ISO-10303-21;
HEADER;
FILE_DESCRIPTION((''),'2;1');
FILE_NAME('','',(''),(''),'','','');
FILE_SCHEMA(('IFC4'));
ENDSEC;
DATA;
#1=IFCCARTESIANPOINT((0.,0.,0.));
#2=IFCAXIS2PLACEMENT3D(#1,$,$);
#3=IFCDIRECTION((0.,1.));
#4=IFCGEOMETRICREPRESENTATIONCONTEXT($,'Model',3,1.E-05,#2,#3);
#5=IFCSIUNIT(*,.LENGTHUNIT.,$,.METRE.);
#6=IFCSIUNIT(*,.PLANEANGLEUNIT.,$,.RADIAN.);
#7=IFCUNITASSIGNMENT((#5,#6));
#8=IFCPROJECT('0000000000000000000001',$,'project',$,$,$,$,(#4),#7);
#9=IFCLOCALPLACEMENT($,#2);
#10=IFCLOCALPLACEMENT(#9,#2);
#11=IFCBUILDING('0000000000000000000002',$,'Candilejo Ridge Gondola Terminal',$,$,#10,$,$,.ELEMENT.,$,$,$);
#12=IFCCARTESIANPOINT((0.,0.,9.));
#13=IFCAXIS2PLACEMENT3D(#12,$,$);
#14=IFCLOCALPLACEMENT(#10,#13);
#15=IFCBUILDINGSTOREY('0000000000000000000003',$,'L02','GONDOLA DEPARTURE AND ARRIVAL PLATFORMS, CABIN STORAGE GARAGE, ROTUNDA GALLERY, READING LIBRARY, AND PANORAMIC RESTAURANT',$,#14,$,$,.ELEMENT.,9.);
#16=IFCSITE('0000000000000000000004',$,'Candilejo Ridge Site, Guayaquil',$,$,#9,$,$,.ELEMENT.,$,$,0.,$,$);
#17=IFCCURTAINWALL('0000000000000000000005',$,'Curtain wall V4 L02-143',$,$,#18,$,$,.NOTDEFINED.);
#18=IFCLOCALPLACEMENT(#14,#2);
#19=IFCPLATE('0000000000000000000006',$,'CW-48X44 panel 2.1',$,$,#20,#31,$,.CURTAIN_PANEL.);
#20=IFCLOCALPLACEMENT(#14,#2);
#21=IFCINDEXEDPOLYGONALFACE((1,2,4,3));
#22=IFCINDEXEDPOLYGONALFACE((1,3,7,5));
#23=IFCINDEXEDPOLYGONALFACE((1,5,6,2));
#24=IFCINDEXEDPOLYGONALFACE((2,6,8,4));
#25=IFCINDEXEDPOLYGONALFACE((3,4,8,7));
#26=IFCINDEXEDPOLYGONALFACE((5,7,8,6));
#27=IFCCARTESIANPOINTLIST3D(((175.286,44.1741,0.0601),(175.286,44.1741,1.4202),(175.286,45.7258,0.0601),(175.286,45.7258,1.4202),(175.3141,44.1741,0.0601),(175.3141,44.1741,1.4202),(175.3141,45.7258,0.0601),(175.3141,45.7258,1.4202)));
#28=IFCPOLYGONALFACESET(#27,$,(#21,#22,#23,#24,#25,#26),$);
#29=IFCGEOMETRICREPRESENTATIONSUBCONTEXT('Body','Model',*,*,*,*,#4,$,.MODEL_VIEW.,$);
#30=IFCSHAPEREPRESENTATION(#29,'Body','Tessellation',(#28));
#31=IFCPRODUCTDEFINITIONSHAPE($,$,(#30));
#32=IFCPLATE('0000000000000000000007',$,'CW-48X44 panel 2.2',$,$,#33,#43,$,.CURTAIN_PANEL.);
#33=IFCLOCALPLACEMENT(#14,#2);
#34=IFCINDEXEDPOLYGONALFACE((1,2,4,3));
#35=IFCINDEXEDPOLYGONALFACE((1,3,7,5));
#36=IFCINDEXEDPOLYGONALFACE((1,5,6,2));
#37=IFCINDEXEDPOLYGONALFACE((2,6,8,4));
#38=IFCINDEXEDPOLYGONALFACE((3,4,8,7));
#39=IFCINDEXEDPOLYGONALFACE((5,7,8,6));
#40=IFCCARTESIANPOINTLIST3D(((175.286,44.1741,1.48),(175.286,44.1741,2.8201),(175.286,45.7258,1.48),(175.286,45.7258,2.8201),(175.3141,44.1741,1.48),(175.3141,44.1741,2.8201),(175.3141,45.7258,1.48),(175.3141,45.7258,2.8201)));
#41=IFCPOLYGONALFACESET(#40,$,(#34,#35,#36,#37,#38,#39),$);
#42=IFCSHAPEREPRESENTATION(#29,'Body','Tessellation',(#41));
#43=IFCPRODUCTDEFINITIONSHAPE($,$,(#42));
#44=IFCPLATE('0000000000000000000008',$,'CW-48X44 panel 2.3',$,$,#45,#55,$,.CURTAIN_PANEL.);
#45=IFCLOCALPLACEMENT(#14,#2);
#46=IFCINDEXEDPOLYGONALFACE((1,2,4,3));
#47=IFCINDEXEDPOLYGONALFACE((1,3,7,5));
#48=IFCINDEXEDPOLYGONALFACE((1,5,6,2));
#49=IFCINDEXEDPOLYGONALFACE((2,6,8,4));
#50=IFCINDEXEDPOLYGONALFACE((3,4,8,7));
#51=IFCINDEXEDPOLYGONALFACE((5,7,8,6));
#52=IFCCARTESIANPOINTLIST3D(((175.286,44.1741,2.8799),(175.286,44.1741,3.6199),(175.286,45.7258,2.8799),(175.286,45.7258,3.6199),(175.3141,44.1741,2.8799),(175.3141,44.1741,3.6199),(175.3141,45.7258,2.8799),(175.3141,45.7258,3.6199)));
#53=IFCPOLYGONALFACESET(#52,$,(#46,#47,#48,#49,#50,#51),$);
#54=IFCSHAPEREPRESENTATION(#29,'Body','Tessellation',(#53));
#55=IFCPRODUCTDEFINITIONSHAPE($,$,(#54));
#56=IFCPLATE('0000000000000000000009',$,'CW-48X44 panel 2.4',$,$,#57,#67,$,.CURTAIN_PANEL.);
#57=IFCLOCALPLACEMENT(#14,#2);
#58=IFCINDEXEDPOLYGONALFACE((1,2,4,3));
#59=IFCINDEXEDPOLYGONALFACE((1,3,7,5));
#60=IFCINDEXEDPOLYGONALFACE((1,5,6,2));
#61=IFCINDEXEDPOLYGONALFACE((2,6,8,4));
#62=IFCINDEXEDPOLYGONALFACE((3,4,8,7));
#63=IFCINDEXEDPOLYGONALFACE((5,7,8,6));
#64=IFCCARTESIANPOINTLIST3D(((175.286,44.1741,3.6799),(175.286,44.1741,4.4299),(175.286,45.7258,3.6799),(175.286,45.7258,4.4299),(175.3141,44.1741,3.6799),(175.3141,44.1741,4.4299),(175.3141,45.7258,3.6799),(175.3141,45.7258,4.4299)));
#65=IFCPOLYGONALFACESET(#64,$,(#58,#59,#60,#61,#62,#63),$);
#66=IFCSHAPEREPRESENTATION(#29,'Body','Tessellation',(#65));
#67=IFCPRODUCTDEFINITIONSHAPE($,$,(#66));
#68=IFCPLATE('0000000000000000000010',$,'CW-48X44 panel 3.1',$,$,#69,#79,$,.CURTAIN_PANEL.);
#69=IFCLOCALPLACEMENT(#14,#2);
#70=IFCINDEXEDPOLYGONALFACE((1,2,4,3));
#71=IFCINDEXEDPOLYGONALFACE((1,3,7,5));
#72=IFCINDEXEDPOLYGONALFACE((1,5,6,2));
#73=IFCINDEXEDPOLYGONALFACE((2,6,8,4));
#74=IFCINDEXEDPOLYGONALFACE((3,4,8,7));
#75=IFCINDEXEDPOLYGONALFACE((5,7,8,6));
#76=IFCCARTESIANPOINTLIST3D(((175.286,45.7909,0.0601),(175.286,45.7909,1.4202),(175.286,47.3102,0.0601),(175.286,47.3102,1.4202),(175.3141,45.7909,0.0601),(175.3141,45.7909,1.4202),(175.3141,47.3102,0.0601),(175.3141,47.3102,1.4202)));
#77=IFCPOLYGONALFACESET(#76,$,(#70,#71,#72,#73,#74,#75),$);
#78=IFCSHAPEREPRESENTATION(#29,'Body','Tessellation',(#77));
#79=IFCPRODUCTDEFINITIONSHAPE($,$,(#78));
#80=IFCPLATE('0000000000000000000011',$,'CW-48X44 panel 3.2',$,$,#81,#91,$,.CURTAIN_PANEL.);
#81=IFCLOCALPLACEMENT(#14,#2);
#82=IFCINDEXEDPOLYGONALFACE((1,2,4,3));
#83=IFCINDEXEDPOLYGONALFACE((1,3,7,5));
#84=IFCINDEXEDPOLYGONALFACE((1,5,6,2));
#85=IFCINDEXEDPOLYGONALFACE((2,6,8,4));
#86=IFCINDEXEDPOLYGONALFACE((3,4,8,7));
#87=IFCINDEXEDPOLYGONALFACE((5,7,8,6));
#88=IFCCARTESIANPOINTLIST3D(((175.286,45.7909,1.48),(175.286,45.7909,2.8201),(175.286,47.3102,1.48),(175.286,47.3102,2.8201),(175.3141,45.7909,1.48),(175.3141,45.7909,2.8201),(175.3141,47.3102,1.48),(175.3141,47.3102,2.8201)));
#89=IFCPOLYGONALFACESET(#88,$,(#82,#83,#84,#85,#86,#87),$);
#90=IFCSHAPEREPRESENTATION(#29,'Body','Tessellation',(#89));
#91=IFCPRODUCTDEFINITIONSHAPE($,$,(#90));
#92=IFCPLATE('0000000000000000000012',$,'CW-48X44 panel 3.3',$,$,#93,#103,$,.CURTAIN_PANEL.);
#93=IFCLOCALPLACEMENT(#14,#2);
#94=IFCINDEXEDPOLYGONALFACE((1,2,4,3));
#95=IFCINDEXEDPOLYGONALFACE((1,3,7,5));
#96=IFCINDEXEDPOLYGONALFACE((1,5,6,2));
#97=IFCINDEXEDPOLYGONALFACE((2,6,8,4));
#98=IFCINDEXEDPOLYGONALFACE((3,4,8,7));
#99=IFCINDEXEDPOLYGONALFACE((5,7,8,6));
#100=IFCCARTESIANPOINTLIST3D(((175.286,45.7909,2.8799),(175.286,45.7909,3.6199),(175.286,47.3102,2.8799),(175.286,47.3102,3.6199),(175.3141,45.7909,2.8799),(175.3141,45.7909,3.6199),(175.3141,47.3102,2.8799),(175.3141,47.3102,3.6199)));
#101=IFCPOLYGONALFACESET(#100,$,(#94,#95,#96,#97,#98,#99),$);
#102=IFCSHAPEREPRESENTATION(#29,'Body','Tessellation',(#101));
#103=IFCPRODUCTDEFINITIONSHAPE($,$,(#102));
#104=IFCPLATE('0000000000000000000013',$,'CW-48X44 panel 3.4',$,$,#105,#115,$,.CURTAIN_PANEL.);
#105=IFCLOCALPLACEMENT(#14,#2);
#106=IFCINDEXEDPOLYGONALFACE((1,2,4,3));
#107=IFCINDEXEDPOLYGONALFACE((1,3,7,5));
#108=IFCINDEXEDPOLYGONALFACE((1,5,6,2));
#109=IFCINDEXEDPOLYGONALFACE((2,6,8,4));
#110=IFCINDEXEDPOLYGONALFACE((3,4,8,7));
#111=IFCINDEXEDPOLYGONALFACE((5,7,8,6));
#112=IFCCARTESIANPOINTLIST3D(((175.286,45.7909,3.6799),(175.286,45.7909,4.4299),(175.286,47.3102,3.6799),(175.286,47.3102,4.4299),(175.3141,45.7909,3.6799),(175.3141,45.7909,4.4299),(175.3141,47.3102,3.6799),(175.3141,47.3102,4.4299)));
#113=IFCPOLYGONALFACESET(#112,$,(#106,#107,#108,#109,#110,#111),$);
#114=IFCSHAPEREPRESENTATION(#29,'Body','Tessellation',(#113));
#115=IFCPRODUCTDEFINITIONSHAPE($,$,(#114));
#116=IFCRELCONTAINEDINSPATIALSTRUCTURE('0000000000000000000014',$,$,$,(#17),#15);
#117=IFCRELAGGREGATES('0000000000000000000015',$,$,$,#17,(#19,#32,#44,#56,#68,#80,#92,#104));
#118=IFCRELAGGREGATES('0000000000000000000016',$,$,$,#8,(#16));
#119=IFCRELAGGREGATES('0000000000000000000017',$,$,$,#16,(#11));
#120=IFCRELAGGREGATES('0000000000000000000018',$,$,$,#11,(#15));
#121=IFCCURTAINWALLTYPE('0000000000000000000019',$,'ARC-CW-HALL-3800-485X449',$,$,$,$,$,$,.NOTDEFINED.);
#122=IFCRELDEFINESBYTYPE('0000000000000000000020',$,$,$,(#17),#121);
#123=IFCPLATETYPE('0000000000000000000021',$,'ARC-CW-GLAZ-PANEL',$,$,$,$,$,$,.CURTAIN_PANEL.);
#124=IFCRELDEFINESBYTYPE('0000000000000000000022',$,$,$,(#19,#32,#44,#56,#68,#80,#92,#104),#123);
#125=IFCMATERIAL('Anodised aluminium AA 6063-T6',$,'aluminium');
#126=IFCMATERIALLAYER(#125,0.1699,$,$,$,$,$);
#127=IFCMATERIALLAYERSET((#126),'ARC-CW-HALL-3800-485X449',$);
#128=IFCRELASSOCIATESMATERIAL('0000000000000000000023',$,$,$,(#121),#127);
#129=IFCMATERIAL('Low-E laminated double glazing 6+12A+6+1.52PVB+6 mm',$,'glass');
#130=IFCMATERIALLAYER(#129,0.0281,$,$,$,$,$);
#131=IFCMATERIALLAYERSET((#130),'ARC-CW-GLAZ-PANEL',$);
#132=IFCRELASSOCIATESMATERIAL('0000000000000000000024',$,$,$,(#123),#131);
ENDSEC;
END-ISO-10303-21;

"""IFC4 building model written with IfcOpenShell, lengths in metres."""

from ifc_helpers import new_model, si_unit, direction, frame, origin, origin_2d, place, context, subcontext, project, spatial, rectangle, extrude, material, layer, layer_set, type_object, element, aggregate, save


model = new_model("IFC4")

# Units and contexts
model_context = context("Model", 3, precision=1e-05, world=origin(), true_north=direction((0.0, 1.0)))
body_context = subcontext(model_context, "Body", "Model", "MODEL_VIEW")
ifc_project = project(units=[si_unit("LENGTHUNIT", "METRE"), si_unit("PLANEANGLEUNIT", "RADIAN")], contexts=[model_context])

# Site, building, storey
site_placement = place(None, origin())
site = spatial("IfcSite", under=ifc_project, at=site_placement, Name="Candilejo Ridge Site, Guayaquil", CompositionType="ELEMENT", RefElevation=0.0)
building_placement = place(site_placement, origin())
building = spatial("IfcBuilding", under=site, at=building_placement, Name="Candilejo Ridge Gondola Terminal", CompositionType="ELEMENT")
storey_placement = place(building_placement, frame((0.0, 0.0, 9.0)))
storey = spatial("IfcBuildingStorey", under=building, at=storey_placement, Name="L02", Description="GONDOLA DEPARTURE AND ARRIVAL PLATFORMS, CABIN STORAGE GARAGE, ROTUNDA GALLERY, READING LIBRARY, AND PANORAMIC RESTAURANT", CompositionType="ELEMENT", Elevation=9.0)

# Shared definitions
ifc_material_1 = material(Name="Anodised aluminium AA 6063-T6", Category="aluminium")
ifc_layer_1 = layer(ifc_material_1, 0.1699)
ifc_layer_set_1 = layer_set([ifc_layer_1], Name="ARC-CW-HALL-3800-485X449")
curtain_wall_type = type_object("IfcCurtainWallType", Name="ARC-CW-HALL-3800-485X449", PredefinedType="NOTDEFINED", material=ifc_layer_set_1)

# Curtain wall
curtain_wall_1_placement = place(storey_placement, origin())
curtain_wall_1 = element("IfcCurtainWall", 1, at=curtain_wall_1_placement, inside=storey, type_object=curtain_wall_type, Name="Curtain wall V4 L02-143", PredefinedType="NOTDEFINED")

# Plates
ifc_material_2 = material(Name="Low-E laminated double glazing 6+12A+6+1.52PVB+6 mm", Category="glass")
ifc_layer_2 = layer(ifc_material_2, 0.0281)
ifc_layer_set_2 = layer_set([ifc_layer_2], Name="ARC-CW-GLAZ-PANEL")
plate_type = type_object("IfcPlateType", Name="ARC-CW-GLAZ-PANEL", PredefinedType="CURTAIN_PANEL", material=ifc_layer_set_2)
plate_1_placement = place(storey_placement, frame((175.3, 44.95, 0.0601), z_axis=(0.0, 0.0, 1.0), x_axis=(0.0, 1.0, 0.0)))
plate_1 = element("IfcPlate", 2, at=plate_1_placement, type_object=plate_type, Name="CW-48X44 panel 2.1", PredefinedType="CURTAIN_PANEL", context=body_context, shape_type="SweptSolid", body=[
    extrude(rectangle(XDim=1.5518, YDim=0.0281, at=origin_2d()), origin(), (0.0, 0.0, 1.0), 1.3601),
])
plate_2_placement = place(storey_placement, frame((175.3, 44.95, 1.48), z_axis=(0.0, 0.0, 1.0), x_axis=(0.0, 1.0, 0.0)))
plate_2 = element("IfcPlate", 3, at=plate_2_placement, type_object=plate_type, Name="CW-48X44 panel 2.2", PredefinedType="CURTAIN_PANEL", context=body_context, shape_type="SweptSolid", body=[
    extrude(rectangle(XDim=1.5518, YDim=0.0281, at=origin_2d()), origin(), (0.0, 0.0, 1.0), 1.3401),
])
plate_3_placement = place(storey_placement, frame((175.3, 44.95, 2.8799), z_axis=(0.0, 0.0, 1.0), x_axis=(0.0, 1.0, 0.0)))
plate_3 = element("IfcPlate", 4, at=plate_3_placement, type_object=plate_type, Name="CW-48X44 panel 2.3", PredefinedType="CURTAIN_PANEL", context=body_context, shape_type="SweptSolid", body=[
    extrude(rectangle(XDim=1.5518, YDim=0.0281, at=origin_2d()), origin(), (0.0, 0.0, 1.0), 0.74),
])
plate_4_placement = place(storey_placement, frame((175.3, 44.95, 3.6799), z_axis=(0.0, 0.0, 1.0), x_axis=(0.0, 1.0, 0.0)))
plate_4 = element("IfcPlate", 5, at=plate_4_placement, type_object=plate_type, Name="CW-48X44 panel 2.4", PredefinedType="CURTAIN_PANEL", context=body_context, shape_type="SweptSolid", body=[
    extrude(rectangle(XDim=1.5518, YDim=0.0281, at=origin_2d()), origin(), (0.0, 0.0, 1.0), 0.75),
])
plate_5_placement = place(storey_placement, frame((175.3, 46.5505, 0.0601), z_axis=(0.0, 0.0, 1.0), x_axis=(0.0, 1.0, 0.0)))
plate_5 = element("IfcPlate", 6, at=plate_5_placement, type_object=plate_type, Name="CW-48X44 panel 3.1", PredefinedType="CURTAIN_PANEL", context=body_context, shape_type="SweptSolid", body=[
    extrude(rectangle(XDim=1.5193, YDim=0.0281, at=origin_2d()), origin(), (0.0, 0.0, 1.0), 1.3601),
])
plate_6_placement = place(storey_placement, frame((175.3, 46.5505, 1.48), z_axis=(0.0, 0.0, 1.0), x_axis=(0.0, 1.0, 0.0)))
plate_6 = element("IfcPlate", 7, at=plate_6_placement, type_object=plate_type, Name="CW-48X44 panel 3.2", PredefinedType="CURTAIN_PANEL", context=body_context, shape_type="SweptSolid", body=[
    extrude(rectangle(XDim=1.5193, YDim=0.0281, at=origin_2d()), origin(), (0.0, 0.0, 1.0), 1.3401),
])
plate_7_placement = place(storey_placement, frame((175.3, 46.5505, 2.8799), z_axis=(0.0, 0.0, 1.0), x_axis=(0.0, 1.0, 0.0)))
plate_7 = element("IfcPlate", 8, at=plate_7_placement, type_object=plate_type, Name="CW-48X44 panel 3.3", PredefinedType="CURTAIN_PANEL", context=body_context, shape_type="SweptSolid", body=[
    extrude(rectangle(XDim=1.5193, YDim=0.0281, at=origin_2d()), origin(), (0.0, 0.0, 1.0), 0.74),
])
plate_8_placement = place(storey_placement, frame((175.3, 46.5505, 3.6799), z_axis=(0.0, 0.0, 1.0), x_axis=(0.0, 1.0, 0.0)))
plate_8 = element("IfcPlate", 9, at=plate_8_placement, type_object=plate_type, Name="CW-48X44 panel 3.4", PredefinedType="CURTAIN_PANEL", context=body_context, shape_type="SweptSolid", body=[
    extrude(rectangle(XDim=1.5193, YDim=0.0281, at=origin_2d()), origin(), (0.0, 0.0, 1.0), 0.75),
])
aggregate(curtain_wall_1, [plate_1, plate_2, plate_3, plate_4, plate_5, plate_6, plate_7, plate_8])

save(model, "model.ifc")
